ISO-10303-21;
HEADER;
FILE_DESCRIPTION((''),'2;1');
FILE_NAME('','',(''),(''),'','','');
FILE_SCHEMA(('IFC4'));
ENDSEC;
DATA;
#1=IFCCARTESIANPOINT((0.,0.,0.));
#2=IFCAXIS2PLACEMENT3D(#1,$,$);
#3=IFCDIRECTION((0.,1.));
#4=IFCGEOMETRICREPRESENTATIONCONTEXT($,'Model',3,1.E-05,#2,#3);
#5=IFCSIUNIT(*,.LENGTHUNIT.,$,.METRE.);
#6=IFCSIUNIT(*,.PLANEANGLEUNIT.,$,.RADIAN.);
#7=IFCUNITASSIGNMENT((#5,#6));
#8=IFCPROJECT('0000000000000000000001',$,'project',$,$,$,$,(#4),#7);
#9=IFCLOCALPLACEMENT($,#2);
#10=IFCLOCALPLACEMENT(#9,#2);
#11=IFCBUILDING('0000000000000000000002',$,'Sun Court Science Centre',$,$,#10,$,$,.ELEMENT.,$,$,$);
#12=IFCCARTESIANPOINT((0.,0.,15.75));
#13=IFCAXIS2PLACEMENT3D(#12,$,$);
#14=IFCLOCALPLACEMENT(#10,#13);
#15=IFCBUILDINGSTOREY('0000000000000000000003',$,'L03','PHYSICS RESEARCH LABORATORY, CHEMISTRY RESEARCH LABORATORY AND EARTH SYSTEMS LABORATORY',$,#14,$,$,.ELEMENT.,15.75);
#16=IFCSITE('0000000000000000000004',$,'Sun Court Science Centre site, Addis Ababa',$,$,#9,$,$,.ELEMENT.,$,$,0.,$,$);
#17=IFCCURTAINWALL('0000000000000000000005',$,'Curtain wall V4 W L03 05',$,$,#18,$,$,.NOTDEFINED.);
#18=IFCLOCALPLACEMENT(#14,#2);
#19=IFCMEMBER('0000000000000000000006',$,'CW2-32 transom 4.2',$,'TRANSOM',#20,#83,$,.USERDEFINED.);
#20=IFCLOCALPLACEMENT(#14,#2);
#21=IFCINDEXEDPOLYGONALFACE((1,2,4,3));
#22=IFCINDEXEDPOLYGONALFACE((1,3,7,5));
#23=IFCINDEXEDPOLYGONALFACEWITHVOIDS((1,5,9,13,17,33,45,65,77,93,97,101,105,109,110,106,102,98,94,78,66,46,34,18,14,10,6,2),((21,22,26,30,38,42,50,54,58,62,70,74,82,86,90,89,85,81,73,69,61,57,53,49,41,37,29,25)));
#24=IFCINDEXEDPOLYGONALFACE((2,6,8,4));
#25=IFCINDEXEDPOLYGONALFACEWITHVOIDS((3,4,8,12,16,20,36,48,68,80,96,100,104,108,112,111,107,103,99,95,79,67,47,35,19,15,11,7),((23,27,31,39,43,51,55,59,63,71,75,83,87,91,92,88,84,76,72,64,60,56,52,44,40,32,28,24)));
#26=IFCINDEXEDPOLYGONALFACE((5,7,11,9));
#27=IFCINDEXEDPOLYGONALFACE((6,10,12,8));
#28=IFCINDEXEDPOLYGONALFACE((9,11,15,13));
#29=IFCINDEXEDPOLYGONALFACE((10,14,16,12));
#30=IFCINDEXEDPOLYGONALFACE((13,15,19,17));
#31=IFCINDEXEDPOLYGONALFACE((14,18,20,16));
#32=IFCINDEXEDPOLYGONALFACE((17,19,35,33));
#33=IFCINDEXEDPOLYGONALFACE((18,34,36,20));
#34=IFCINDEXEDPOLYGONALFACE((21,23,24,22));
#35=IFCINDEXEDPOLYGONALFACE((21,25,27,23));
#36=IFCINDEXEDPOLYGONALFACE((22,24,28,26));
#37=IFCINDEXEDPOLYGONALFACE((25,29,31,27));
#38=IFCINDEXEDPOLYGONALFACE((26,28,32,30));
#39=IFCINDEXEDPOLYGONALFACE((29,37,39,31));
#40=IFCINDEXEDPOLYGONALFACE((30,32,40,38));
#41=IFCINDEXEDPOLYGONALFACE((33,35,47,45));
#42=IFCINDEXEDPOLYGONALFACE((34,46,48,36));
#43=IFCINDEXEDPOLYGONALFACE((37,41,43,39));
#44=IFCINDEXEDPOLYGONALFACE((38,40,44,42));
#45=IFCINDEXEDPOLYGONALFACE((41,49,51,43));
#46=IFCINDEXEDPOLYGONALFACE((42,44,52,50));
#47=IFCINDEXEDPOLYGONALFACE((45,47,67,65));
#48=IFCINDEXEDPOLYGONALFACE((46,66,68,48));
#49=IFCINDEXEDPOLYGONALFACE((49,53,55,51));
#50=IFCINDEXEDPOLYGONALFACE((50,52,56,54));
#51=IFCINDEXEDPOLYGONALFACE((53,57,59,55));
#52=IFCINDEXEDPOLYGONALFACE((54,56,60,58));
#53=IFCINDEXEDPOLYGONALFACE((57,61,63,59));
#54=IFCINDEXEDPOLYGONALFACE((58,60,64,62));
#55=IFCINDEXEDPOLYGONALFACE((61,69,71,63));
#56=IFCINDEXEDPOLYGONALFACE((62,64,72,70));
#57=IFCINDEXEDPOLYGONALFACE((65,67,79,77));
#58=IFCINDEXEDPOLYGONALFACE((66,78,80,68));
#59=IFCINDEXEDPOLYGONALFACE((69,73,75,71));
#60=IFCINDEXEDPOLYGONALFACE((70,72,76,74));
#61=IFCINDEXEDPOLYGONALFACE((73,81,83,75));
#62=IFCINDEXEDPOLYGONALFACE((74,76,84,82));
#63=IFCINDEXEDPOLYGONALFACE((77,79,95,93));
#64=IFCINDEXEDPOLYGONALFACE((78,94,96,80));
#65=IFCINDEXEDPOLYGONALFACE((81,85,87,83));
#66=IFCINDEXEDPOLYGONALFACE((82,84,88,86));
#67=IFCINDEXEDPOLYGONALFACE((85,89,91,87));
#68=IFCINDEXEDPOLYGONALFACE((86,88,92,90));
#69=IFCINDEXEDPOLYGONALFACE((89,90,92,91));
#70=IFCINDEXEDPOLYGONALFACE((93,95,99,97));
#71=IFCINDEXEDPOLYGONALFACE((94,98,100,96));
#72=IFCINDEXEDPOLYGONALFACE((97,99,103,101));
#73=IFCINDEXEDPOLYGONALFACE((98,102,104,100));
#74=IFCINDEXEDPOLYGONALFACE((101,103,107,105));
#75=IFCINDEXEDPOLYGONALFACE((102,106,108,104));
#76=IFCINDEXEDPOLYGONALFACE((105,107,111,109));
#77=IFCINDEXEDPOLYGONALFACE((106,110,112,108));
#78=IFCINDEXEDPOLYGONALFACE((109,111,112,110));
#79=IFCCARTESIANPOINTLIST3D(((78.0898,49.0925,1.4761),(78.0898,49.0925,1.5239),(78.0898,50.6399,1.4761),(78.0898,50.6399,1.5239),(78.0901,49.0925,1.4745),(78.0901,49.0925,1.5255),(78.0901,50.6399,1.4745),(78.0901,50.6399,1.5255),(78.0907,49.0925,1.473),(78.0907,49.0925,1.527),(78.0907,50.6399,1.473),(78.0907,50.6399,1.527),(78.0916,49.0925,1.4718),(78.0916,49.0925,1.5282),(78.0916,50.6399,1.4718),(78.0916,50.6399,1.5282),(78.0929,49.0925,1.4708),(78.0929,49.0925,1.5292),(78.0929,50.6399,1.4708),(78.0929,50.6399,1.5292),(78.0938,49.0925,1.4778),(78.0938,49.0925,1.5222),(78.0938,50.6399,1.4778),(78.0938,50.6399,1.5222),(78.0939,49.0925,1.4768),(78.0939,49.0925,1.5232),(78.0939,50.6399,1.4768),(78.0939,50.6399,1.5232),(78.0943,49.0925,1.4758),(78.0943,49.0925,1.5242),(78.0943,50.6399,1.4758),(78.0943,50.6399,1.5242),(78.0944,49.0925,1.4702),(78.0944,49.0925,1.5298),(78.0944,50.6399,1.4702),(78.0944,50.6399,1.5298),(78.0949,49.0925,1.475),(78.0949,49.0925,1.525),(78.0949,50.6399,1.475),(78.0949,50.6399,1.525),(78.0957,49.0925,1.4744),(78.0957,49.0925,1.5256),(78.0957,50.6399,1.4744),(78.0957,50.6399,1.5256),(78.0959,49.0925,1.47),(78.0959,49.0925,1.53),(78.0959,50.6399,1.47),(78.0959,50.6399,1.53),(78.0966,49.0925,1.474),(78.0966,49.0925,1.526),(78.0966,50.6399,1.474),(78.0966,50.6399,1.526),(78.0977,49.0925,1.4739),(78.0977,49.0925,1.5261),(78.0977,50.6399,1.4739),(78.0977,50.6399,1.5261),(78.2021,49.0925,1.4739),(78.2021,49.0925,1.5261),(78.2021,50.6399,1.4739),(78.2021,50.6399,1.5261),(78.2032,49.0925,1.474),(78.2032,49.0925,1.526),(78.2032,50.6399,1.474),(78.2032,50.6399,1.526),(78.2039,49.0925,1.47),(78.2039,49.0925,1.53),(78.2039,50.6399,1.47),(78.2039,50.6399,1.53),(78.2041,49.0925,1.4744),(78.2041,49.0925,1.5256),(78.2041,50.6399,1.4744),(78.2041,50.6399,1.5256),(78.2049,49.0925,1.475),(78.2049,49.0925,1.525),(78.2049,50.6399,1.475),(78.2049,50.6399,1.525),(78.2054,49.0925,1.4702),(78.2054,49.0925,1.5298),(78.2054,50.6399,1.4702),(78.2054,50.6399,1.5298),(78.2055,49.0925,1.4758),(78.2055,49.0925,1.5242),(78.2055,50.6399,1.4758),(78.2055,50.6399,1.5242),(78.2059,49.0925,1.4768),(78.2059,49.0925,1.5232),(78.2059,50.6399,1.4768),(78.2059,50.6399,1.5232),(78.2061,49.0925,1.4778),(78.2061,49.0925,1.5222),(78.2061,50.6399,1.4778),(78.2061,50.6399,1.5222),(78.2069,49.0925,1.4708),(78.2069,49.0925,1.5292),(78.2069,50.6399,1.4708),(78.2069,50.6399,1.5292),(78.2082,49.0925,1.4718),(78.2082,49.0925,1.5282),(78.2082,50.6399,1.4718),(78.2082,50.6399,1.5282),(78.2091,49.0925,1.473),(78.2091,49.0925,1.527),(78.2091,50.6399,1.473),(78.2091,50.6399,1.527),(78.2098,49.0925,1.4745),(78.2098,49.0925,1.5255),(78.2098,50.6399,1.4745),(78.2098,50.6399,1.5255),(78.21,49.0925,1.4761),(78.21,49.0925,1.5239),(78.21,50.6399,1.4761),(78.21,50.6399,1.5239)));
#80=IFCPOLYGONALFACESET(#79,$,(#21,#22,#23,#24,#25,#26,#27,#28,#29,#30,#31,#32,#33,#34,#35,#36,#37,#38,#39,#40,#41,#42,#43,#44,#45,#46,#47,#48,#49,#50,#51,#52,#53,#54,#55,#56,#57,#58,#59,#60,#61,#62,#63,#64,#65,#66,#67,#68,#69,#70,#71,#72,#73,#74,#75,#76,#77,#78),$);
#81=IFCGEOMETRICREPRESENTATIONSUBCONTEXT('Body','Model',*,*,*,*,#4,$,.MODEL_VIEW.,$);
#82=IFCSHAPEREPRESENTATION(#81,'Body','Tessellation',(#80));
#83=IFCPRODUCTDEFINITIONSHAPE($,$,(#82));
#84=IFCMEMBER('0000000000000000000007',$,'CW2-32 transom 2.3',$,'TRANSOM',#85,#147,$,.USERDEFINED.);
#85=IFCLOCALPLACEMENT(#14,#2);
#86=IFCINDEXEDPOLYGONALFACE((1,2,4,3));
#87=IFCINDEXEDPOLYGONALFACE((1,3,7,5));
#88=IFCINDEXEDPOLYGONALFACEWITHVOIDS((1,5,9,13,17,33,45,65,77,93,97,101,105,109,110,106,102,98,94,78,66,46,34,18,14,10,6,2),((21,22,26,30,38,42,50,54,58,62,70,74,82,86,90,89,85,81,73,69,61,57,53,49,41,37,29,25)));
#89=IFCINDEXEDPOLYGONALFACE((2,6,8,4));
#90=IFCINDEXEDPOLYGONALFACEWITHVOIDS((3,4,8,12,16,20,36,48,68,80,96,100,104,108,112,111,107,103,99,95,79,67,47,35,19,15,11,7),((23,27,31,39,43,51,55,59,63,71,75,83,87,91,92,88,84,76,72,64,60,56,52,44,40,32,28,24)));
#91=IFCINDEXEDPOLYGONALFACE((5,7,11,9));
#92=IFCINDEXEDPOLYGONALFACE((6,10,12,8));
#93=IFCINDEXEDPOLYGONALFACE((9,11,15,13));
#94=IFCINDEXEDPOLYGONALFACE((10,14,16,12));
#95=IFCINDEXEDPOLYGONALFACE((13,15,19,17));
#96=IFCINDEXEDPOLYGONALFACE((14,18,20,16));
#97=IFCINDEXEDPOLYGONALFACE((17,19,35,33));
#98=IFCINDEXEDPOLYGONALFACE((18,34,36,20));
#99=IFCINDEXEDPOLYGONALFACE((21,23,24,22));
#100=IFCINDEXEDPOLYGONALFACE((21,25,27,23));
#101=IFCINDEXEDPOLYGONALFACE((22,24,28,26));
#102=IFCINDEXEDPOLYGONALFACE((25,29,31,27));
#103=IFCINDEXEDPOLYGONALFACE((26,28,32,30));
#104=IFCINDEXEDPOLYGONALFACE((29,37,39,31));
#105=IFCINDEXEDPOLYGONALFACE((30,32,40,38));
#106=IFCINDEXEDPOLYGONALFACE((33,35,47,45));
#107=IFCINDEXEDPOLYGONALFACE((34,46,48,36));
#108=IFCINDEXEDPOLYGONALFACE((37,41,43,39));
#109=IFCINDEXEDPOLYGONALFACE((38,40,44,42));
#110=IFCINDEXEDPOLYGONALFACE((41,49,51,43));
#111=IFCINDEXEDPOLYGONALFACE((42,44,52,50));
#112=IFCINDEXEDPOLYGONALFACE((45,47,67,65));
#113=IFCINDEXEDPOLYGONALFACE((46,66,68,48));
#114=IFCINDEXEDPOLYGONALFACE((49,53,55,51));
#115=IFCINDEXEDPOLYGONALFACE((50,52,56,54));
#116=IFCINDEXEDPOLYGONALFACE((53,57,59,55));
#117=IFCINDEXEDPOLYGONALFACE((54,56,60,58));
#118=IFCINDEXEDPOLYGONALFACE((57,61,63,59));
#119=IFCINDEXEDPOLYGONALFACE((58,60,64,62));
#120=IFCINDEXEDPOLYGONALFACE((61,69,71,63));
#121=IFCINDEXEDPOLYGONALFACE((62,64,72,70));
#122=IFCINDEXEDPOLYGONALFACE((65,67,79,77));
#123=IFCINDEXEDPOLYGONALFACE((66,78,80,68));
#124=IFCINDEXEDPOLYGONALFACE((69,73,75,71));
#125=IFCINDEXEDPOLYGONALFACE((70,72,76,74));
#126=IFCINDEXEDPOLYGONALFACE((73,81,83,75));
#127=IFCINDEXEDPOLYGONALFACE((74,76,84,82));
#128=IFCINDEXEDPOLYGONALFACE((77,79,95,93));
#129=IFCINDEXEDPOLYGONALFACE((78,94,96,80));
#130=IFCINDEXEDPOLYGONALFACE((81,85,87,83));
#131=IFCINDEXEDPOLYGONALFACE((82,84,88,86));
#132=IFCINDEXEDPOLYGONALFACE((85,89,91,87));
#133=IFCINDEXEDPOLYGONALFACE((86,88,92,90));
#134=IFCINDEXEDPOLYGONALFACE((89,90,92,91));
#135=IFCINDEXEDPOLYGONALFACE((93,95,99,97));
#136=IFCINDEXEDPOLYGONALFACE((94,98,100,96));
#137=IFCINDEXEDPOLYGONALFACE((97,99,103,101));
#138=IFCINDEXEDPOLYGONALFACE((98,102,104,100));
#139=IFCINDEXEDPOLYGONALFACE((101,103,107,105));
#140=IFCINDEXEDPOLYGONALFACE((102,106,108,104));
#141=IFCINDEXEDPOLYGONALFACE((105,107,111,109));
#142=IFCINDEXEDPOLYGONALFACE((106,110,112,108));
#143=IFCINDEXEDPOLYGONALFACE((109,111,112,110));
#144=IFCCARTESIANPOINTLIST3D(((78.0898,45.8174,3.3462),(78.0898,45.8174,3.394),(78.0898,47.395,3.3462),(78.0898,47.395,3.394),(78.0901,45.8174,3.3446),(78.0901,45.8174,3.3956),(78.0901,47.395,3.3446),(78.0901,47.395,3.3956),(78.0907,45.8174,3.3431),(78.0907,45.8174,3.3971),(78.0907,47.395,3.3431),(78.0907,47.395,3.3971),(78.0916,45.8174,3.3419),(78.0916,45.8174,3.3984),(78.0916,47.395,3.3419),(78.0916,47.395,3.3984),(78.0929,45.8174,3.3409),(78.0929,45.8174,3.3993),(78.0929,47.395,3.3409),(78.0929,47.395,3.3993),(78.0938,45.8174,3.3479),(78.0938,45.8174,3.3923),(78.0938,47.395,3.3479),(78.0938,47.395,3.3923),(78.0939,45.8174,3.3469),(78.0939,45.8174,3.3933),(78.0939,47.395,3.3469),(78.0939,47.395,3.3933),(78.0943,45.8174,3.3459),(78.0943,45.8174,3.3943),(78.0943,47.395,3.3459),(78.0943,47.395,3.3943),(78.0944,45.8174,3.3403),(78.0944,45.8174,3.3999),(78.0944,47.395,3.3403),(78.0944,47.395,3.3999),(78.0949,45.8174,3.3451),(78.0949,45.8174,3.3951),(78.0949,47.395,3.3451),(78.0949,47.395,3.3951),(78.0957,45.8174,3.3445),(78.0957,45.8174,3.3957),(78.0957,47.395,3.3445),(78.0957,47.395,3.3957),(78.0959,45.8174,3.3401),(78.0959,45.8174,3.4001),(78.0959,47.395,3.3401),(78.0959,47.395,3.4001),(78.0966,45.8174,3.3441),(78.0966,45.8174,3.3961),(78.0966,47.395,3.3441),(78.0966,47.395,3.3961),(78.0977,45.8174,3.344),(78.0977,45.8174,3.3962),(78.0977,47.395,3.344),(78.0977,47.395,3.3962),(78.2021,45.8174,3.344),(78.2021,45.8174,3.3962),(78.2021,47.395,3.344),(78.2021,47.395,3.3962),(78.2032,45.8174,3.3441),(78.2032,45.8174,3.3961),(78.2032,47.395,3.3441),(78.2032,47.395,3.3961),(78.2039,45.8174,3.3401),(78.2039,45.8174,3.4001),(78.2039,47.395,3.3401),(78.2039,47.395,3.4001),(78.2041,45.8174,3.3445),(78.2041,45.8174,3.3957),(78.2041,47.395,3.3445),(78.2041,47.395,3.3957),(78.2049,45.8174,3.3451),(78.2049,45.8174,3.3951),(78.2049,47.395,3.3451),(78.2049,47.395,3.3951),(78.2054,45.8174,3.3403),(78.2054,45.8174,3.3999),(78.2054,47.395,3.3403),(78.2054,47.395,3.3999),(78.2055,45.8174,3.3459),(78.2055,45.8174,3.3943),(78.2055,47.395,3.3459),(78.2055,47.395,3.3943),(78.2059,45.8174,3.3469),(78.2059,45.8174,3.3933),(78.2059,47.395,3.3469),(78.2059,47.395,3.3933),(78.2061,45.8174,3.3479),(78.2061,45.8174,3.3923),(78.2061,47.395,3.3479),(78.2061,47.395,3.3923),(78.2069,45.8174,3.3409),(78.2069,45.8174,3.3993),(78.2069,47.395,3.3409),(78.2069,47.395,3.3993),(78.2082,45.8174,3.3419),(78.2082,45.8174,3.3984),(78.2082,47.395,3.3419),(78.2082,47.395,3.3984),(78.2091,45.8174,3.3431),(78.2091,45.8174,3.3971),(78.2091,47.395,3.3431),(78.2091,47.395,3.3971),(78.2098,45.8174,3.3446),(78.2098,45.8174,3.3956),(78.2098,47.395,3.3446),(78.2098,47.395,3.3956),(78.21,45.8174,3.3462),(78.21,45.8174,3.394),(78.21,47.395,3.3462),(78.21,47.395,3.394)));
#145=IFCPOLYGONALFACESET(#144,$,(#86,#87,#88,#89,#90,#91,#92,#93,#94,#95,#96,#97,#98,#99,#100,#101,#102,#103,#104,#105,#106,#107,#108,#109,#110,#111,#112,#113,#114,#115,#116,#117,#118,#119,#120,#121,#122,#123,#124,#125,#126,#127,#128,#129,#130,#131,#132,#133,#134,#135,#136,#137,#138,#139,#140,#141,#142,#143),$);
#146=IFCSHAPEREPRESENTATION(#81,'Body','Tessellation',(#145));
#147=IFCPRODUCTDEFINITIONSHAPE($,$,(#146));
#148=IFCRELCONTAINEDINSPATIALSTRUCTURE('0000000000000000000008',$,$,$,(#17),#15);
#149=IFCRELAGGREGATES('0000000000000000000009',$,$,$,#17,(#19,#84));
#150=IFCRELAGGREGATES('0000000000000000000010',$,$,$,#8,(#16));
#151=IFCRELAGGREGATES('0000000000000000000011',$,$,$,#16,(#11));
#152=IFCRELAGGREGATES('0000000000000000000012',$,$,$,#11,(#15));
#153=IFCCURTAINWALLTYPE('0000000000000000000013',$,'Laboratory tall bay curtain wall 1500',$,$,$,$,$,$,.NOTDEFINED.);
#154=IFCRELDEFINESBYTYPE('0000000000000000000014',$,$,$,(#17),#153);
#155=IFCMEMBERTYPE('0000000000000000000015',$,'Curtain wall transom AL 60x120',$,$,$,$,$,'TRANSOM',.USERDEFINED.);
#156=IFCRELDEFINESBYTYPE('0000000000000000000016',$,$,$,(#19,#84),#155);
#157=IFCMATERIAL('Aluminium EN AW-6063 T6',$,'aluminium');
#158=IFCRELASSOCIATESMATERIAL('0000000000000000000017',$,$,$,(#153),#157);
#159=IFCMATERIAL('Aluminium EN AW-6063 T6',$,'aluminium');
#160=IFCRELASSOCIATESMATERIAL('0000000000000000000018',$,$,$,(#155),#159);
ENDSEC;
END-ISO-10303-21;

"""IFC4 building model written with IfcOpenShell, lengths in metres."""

from ifc_helpers import new_model, si_unit, direction, frame, origin, origin_2d, place, context, subcontext, project, spatial, hollow_rectangle, extrude, material, material_profile, profile_set, type_object, element, aggregate, save


model = new_model("IFC4")

# Units and contexts
model_context = context("Model", 3, precision=1e-05, world=origin(), true_north=direction((0.0, 1.0)))
body_context = subcontext(model_context, "Body", "Model", "MODEL_VIEW")
ifc_project = project(units=[si_unit("LENGTHUNIT", "METRE"), si_unit("PLANEANGLEUNIT", "RADIAN")], contexts=[model_context])

# Site, building, storey
site_placement = place(None, origin())
site = spatial("IfcSite", under=ifc_project, at=site_placement, Name="Sun Court Science Centre site, Addis Ababa", CompositionType="ELEMENT", RefElevation=0.0)
building_placement = place(site_placement, origin())
building = spatial("IfcBuilding", under=site, at=building_placement, Name="Sun Court Science Centre", CompositionType="ELEMENT")
storey_placement = place(building_placement, frame((0.0, 0.0, 15.75)))
storey = spatial("IfcBuildingStorey", under=building, at=storey_placement, Name="L03", Description="PHYSICS RESEARCH LABORATORY, CHEMISTRY RESEARCH LABORATORY AND EARTH SYSTEMS LABORATORY", CompositionType="ELEMENT", Elevation=15.75)

# Curtain wall
ifc_material_1 = material(Name="Aluminium EN AW-6063 T6", Category="aluminium")
curtain_wall_type = type_object("IfcCurtainWallType", Name="Laboratory tall bay curtain wall 1500", PredefinedType="NOTDEFINED", material=ifc_material_1)
curtain_wall_1_placement = place(storey_placement, origin())
curtain_wall_1 = element("IfcCurtainWall", 1, at=curtain_wall_1_placement, inside=storey, type_object=curtain_wall_type, Name="Curtain wall V4 W L03 05", PredefinedType="NOTDEFINED")

# Members
ifc_material_2 = material(Name="Aluminium EN AW-6063 T6", Category="aluminium")
ifc_material_profile_1 = material_profile(ifc_material_2, hollow_rectangle(XDim=0.0601, YDim=0.1201, WallThickness=0.0039, InnerFilletRadius=0.0039, OuterFilletRadius=0.0061, at=origin_2d()), Name="AL 60x120x4")
ifc_profile_set_1 = profile_set([ifc_material_profile_1], Name="Aluminium EN AW-6063 T6")
member_type_1 = type_object("IfcMemberType", Name="Curtain wall transom AL 60x120", ElementType="TRANSOM", PredefinedType="USERDEFINED", material=ifc_profile_set_1)
member_1_placement = place(storey_placement, frame((78.1499, 49.0925, 1.5), z_axis=(0.0, 1.0, 0.0), x_axis=(0.0, 0.0, 1.0)))
member_1 = element("IfcMember", 2, at=member_1_placement, type_object=member_type_1, Name="CW2-32 transom 4.2", ObjectType="TRANSOM", PredefinedType="USERDEFINED", context=body_context, shape_type="SweptSolid", body=[
    extrude(hollow_rectangle(XDim=0.0601, YDim=0.1201, WallThickness=0.0039, InnerFilletRadius=0.0039, OuterFilletRadius=0.0061, at=origin_2d()), origin(), (0.0, 0.0, 1.0), 1.5474),
])
member_2_placement = place(storey_placement, frame((78.1499, 45.8174, 3.3701), z_axis=(0.0, 1.0, 0.0), x_axis=(0.0, 0.0, 1.0)))
member_2 = element("IfcMember", 3, at=member_2_placement, type_object=member_type_1, Name="CW2-32 transom 2.3", ObjectType="TRANSOM", PredefinedType="USERDEFINED", context=body_context, shape_type="SweptSolid", body=[
    extrude(hollow_rectangle(XDim=0.0601, YDim=0.1201, WallThickness=0.0039, InnerFilletRadius=0.0039, OuterFilletRadius=0.0061, at=origin_2d()), origin(), (0.0, 0.0, 1.0), 1.5776),
])

aggregate(curtain_wall_1, [member_1, member_2])

save(model, "model.ifc")
